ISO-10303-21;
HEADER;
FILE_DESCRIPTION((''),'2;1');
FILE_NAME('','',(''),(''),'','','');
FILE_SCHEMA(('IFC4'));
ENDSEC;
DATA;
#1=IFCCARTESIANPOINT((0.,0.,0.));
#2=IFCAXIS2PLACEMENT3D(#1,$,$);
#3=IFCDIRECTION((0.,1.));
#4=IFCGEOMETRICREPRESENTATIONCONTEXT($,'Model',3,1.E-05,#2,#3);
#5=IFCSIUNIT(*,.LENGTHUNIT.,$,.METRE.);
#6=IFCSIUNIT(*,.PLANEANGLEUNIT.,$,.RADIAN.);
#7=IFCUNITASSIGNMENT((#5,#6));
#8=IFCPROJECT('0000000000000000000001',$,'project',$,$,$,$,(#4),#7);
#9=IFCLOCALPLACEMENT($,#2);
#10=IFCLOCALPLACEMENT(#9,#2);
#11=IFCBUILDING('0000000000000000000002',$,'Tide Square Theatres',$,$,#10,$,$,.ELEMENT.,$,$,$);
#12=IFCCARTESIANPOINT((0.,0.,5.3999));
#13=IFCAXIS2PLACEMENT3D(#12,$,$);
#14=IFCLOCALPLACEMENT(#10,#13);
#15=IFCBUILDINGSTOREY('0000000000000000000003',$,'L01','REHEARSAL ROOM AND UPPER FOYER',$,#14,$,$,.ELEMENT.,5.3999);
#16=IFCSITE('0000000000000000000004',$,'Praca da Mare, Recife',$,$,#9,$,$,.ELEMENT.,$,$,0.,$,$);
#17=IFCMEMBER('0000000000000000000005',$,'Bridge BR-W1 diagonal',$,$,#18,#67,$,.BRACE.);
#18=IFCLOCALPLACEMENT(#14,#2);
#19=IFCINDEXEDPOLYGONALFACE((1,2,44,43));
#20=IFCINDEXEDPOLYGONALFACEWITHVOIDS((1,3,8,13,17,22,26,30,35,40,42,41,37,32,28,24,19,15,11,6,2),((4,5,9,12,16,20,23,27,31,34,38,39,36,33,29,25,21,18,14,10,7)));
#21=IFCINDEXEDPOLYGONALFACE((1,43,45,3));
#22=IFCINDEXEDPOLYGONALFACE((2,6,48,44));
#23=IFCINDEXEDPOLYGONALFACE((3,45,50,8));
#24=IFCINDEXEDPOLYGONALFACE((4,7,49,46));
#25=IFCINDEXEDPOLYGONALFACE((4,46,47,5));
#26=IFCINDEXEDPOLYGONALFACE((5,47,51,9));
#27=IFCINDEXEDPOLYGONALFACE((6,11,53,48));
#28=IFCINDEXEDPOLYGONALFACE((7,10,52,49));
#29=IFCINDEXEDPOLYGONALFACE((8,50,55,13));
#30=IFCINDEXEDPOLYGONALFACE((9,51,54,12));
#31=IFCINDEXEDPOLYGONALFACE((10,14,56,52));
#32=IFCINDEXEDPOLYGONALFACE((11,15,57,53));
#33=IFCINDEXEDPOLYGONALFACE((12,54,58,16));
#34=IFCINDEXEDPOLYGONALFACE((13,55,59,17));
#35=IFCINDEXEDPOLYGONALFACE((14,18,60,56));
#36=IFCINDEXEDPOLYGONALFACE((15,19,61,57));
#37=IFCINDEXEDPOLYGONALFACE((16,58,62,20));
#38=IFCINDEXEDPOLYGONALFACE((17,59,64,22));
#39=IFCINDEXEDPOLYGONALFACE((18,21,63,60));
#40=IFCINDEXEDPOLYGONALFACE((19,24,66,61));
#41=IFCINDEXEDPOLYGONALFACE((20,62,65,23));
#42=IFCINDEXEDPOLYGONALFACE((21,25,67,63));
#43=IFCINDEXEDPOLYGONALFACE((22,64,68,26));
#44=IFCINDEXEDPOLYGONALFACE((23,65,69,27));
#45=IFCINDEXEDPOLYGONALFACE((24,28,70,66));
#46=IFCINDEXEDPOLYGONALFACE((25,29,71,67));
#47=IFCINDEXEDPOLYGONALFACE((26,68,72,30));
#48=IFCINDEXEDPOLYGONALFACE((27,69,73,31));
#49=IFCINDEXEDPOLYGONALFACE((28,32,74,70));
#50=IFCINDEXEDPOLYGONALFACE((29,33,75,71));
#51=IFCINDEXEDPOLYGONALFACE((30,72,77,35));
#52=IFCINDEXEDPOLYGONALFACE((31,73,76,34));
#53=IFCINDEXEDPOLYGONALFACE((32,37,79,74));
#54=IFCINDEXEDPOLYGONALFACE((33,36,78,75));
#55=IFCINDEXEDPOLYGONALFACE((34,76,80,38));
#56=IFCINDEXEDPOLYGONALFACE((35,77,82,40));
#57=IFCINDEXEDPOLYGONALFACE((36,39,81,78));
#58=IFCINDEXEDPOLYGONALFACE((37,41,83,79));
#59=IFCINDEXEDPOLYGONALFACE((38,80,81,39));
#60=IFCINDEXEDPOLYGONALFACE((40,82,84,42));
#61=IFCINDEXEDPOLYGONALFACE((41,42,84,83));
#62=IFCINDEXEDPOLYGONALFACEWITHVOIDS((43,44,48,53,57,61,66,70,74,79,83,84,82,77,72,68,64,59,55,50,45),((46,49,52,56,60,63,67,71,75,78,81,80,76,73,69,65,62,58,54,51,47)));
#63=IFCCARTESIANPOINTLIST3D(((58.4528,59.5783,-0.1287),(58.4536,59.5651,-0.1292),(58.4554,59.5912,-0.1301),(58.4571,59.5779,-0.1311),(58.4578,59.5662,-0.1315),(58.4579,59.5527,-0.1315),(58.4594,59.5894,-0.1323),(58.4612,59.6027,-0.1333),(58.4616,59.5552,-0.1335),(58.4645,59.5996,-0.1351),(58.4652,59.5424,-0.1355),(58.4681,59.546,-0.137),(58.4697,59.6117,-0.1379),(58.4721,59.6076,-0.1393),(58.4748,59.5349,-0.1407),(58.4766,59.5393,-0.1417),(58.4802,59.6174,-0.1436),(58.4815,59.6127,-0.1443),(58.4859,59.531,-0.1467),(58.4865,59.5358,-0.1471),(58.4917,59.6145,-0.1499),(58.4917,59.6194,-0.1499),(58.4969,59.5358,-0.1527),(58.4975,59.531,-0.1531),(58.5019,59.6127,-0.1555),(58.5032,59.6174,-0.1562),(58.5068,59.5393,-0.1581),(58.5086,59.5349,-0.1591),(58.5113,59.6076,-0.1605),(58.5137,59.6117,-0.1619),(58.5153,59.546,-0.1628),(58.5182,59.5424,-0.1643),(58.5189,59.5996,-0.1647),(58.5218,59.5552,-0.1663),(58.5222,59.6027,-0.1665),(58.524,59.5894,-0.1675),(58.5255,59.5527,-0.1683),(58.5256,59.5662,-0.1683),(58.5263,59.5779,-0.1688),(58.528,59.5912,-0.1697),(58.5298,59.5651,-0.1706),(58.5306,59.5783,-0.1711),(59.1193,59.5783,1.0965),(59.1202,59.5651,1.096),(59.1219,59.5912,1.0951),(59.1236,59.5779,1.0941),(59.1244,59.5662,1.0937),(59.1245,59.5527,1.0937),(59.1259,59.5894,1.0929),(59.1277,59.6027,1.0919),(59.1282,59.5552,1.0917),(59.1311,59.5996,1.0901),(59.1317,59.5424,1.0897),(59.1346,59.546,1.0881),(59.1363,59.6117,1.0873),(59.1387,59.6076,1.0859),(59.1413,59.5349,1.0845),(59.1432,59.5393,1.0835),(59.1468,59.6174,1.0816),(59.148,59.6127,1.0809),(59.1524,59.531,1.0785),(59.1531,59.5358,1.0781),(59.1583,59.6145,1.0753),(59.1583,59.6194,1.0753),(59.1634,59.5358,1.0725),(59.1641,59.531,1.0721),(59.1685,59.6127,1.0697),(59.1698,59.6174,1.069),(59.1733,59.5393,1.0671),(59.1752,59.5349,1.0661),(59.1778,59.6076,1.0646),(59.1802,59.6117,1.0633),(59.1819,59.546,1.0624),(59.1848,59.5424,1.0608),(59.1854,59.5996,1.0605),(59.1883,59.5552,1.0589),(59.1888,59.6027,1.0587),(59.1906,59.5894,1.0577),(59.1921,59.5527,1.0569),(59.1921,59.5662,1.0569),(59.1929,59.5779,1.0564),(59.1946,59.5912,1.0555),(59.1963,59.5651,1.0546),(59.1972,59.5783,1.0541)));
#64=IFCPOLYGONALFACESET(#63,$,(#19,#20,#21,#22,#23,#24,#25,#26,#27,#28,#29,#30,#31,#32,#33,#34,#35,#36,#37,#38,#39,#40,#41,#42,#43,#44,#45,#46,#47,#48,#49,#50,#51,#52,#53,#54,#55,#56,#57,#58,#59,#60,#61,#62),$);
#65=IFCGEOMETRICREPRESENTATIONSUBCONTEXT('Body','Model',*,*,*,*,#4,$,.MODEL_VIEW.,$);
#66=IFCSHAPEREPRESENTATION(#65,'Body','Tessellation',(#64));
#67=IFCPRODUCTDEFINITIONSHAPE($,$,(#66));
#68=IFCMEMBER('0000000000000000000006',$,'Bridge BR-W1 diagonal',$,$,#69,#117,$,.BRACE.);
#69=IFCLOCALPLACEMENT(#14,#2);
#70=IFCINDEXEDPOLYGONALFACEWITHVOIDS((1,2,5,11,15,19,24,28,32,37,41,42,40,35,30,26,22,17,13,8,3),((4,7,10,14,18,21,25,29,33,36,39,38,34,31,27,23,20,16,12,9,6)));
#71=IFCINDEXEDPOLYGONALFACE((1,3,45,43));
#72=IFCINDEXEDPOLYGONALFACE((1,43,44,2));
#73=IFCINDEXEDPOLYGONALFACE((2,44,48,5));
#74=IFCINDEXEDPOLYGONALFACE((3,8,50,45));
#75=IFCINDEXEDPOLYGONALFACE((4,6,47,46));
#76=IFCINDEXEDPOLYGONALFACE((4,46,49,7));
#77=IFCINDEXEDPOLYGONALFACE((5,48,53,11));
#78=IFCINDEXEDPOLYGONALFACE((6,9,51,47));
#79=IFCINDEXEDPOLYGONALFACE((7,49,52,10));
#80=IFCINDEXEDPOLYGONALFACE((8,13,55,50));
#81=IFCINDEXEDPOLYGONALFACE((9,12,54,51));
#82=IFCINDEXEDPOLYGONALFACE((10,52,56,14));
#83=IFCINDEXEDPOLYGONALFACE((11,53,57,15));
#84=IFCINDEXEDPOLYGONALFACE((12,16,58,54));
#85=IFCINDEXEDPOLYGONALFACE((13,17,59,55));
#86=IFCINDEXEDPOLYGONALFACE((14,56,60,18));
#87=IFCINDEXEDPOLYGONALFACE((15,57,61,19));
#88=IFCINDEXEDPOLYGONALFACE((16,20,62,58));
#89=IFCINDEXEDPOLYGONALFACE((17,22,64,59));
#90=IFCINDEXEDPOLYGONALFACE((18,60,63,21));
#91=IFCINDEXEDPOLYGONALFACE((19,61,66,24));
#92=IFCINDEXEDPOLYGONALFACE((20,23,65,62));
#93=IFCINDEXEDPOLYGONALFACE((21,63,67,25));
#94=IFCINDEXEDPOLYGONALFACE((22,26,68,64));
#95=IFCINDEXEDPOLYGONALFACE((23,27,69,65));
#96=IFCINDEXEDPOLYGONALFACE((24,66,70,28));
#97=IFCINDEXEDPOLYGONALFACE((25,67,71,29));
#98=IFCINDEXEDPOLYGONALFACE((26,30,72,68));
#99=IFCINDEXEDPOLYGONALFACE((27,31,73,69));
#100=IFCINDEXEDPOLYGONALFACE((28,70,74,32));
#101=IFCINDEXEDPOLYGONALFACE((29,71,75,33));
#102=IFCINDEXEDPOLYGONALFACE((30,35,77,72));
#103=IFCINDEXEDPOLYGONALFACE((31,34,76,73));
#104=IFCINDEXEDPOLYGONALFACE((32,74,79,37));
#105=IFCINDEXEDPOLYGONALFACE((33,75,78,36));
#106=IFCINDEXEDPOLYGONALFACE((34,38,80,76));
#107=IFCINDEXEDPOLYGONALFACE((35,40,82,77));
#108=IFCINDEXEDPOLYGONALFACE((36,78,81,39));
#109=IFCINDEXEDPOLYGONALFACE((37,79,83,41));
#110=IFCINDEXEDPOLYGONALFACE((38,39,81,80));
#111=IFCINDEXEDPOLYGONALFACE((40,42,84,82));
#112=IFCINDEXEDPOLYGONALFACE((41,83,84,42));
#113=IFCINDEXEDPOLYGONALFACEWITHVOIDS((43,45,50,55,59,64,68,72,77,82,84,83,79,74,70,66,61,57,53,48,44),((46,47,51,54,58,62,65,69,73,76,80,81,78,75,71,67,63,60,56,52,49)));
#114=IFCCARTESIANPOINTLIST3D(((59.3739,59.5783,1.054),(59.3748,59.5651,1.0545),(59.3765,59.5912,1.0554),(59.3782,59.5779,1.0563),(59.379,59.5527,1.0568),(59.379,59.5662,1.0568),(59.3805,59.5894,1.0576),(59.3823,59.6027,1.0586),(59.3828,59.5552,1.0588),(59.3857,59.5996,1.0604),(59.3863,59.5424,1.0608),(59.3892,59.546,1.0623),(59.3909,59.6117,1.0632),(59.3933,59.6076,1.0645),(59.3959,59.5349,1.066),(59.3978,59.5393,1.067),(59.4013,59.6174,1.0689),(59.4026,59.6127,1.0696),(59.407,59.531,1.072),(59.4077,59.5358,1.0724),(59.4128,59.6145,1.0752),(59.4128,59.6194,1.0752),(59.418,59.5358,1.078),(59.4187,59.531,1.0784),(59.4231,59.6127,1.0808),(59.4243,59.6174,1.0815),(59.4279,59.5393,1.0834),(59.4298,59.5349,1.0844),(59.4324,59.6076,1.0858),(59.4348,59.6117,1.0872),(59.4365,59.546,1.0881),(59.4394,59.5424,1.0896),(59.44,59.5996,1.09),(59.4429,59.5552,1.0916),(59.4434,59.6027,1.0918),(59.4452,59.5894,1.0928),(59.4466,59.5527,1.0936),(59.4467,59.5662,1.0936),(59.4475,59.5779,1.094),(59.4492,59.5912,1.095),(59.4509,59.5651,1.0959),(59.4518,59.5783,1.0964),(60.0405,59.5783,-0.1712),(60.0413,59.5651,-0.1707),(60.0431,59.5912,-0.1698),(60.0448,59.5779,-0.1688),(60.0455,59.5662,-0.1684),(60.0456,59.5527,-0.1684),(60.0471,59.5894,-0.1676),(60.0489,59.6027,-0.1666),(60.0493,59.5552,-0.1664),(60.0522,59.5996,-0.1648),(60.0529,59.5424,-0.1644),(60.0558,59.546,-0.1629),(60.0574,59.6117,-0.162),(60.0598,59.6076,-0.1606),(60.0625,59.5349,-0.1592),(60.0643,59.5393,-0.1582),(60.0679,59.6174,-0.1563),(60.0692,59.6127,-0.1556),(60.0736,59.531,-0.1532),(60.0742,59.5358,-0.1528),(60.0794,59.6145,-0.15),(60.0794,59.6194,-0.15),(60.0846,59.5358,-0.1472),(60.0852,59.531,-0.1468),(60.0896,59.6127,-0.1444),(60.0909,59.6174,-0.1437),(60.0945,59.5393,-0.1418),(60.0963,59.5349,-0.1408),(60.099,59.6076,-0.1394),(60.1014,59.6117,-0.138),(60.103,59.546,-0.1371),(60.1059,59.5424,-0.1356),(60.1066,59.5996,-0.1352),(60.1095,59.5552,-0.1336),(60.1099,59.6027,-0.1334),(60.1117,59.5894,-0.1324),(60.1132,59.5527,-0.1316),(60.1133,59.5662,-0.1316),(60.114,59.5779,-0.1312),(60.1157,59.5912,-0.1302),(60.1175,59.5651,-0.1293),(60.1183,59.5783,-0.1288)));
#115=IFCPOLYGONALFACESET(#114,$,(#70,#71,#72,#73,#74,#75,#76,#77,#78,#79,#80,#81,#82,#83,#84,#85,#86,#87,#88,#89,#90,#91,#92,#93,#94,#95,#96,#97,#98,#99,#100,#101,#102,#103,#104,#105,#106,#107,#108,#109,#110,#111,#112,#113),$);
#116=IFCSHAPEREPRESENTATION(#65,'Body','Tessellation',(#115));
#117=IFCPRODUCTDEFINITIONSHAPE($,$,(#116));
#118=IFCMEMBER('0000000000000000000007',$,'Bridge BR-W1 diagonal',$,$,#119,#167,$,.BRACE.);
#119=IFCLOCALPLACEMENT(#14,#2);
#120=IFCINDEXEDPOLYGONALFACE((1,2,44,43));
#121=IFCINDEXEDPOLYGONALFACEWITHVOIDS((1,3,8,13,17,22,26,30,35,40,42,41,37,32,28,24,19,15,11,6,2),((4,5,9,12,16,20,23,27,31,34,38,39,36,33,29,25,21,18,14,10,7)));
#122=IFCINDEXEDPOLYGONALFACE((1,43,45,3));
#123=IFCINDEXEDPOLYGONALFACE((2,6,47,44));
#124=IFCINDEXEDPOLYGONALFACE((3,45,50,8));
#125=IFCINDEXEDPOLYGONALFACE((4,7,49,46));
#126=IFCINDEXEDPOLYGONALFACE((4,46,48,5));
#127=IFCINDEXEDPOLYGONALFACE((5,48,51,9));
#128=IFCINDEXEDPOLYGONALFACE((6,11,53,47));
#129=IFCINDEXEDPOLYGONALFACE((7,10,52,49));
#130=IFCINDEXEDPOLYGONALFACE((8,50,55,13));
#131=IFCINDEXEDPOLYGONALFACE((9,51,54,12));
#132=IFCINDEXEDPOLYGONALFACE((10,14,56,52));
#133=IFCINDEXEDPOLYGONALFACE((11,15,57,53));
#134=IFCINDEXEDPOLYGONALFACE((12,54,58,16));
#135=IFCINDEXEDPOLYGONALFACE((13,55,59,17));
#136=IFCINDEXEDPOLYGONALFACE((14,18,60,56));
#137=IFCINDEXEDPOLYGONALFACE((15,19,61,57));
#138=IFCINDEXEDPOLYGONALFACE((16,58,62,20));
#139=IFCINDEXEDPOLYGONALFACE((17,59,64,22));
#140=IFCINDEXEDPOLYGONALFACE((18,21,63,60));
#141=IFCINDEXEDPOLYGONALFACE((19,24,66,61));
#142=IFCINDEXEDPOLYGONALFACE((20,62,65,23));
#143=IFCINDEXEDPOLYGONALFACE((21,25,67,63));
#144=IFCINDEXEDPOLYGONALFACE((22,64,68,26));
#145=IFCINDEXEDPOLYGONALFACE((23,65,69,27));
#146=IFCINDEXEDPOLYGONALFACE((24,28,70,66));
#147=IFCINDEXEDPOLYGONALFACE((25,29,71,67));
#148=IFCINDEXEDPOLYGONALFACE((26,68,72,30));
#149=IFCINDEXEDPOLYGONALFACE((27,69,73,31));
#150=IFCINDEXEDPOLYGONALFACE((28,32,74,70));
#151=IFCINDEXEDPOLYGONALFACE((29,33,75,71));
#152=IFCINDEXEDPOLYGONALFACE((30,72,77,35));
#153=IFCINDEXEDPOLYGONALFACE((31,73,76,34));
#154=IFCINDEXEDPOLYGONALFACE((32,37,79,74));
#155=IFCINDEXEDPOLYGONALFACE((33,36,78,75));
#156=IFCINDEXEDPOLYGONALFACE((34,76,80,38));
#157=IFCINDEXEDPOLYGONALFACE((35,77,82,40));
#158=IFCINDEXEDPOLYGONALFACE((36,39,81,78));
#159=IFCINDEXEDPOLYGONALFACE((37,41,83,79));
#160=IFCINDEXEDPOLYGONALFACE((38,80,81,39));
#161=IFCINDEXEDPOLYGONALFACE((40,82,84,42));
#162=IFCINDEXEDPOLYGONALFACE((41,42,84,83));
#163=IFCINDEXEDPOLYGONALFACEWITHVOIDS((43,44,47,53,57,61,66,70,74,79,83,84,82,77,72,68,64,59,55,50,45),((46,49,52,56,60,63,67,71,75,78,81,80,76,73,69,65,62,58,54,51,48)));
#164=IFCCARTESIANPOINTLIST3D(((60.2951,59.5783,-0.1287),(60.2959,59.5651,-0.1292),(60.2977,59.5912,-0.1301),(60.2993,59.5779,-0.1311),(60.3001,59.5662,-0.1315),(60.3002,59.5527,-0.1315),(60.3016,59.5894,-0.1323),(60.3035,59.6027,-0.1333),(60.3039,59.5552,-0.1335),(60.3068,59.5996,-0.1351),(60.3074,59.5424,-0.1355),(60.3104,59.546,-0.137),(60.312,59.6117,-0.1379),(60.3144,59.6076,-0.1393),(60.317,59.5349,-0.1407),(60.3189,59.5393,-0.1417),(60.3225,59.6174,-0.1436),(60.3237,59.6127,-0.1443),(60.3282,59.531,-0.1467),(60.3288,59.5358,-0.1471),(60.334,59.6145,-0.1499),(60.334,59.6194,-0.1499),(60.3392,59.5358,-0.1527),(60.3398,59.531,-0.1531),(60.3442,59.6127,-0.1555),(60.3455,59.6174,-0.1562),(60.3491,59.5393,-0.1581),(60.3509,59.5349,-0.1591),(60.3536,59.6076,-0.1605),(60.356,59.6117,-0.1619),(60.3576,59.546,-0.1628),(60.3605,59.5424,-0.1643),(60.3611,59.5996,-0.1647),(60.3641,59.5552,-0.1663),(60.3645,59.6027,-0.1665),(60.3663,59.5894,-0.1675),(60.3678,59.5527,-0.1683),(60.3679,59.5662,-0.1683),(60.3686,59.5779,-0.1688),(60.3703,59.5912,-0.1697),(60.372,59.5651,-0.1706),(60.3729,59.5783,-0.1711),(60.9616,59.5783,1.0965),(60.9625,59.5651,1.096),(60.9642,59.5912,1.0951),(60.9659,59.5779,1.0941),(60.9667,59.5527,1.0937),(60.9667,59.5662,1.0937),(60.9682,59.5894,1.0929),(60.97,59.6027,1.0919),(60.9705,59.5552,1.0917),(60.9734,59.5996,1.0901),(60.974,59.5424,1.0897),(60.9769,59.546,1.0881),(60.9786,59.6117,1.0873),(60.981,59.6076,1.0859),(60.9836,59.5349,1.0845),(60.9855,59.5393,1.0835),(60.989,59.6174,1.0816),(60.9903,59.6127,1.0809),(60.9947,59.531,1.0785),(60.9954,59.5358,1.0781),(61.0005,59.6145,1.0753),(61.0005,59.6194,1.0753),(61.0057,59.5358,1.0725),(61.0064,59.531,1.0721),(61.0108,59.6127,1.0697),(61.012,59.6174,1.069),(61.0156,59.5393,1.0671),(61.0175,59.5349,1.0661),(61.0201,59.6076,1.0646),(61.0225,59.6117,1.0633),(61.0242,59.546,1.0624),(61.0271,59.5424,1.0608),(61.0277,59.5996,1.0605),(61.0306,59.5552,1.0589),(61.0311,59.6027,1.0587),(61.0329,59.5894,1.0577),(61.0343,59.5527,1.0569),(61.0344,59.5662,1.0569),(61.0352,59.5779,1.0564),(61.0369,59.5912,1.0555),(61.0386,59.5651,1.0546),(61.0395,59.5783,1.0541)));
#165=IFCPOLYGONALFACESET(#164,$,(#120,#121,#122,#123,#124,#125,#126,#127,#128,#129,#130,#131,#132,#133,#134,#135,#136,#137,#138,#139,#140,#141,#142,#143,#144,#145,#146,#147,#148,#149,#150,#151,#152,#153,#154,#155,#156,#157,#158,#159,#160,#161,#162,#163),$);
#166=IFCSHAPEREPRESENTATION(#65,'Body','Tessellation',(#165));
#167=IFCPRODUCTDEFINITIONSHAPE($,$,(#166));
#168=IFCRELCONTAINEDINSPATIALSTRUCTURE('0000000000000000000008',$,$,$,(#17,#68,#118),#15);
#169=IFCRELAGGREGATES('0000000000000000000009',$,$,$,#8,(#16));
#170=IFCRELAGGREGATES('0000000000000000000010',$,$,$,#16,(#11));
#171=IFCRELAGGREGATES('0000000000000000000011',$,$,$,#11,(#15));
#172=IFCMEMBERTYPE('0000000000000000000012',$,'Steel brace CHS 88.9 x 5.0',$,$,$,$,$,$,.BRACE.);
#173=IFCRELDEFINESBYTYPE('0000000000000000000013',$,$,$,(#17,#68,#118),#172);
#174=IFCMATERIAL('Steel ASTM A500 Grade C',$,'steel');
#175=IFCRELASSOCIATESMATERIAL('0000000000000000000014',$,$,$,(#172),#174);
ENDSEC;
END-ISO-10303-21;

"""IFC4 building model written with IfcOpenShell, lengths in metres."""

from ifc_helpers import new_model, si_unit, direction, frame, origin, origin_2d, place, context, subcontext, project, spatial, hollow_circle, extrude, material, material_profile, profile_set, type_object, element, save


model = new_model("IFC4")

# Units and contexts
model_context = context("Model", 3, precision=1e-05, world=origin(), true_north=direction((0.0, 1.0)))
body_context = subcontext(model_context, "Body", "Model", "MODEL_VIEW")
ifc_project = project(units=[si_unit("LENGTHUNIT", "METRE"), si_unit("PLANEANGLEUNIT", "RADIAN")], contexts=[model_context])

# Site, building, storey
site_placement = place(None, origin())
site = spatial("IfcSite", under=ifc_project, at=site_placement, Name="Praca da Mare, Recife", CompositionType="ELEMENT", RefElevation=0.0)
building_placement = place(site_placement, origin())
building = spatial("IfcBuilding", under=site, at=building_placement, Name="Tide Square Theatres", CompositionType="ELEMENT")
storey_placement = place(building_placement, frame((0.0, 0.0, 5.3999)))
storey = spatial("IfcBuildingStorey", under=building, at=storey_placement, Name="L01", Description="REHEARSAL ROOM AND UPPER FOYER", CompositionType="ELEMENT", Elevation=5.3999)

# Members
ifc_material_1 = material(Name="Steel ASTM A500 Grade C", Category="steel")
ifc_material_profile_1 = material_profile(ifc_material_1, hollow_circle(Radius=0.0444, WallThickness=0.0049, at=origin_2d()))
ifc_profile_set_1 = profile_set([ifc_material_profile_1], Name="Steel ASTM A500 Grade C")
member_type_1 = type_object("IfcMemberType", Name="Steel brace CHS 88.9 x 5.0", PredefinedType="BRACE", material=ifc_profile_set_1)
for number, where, z_axis, x_axis, name in (
    (1, (58.4917, 59.575, -0.1499), (0.477895, 0.0, 0.878417), (0.0, 1.0, 0.0), "Bridge BR-W1 diagonal"),
    (2, (59.4128, 59.575, 1.0752), (0.477895, 0.0, -0.878417), (0.0, 1.0, 0.0), "Bridge BR-W1 diagonal"),
    (3, (60.334, 59.575, -0.1499), (0.477895, 0.0, 0.878417), (0.0, 1.0, 0.0), "Bridge BR-W1 diagonal"),
):
    element("IfcMember", number, at=place(storey_placement, frame(where, z_axis=z_axis, x_axis=x_axis)), inside=storey, type_object=member_type_1, Name=name, PredefinedType="BRACE", context=body_context, shape_type="SweptSolid", body=[
        extrude(hollow_circle(Radius=0.0444, WallThickness=0.0049, at=origin_2d()), origin(), (0.0, 0.0, 1.0), 1.3948),
    ])

save(model, "model.ifc")
